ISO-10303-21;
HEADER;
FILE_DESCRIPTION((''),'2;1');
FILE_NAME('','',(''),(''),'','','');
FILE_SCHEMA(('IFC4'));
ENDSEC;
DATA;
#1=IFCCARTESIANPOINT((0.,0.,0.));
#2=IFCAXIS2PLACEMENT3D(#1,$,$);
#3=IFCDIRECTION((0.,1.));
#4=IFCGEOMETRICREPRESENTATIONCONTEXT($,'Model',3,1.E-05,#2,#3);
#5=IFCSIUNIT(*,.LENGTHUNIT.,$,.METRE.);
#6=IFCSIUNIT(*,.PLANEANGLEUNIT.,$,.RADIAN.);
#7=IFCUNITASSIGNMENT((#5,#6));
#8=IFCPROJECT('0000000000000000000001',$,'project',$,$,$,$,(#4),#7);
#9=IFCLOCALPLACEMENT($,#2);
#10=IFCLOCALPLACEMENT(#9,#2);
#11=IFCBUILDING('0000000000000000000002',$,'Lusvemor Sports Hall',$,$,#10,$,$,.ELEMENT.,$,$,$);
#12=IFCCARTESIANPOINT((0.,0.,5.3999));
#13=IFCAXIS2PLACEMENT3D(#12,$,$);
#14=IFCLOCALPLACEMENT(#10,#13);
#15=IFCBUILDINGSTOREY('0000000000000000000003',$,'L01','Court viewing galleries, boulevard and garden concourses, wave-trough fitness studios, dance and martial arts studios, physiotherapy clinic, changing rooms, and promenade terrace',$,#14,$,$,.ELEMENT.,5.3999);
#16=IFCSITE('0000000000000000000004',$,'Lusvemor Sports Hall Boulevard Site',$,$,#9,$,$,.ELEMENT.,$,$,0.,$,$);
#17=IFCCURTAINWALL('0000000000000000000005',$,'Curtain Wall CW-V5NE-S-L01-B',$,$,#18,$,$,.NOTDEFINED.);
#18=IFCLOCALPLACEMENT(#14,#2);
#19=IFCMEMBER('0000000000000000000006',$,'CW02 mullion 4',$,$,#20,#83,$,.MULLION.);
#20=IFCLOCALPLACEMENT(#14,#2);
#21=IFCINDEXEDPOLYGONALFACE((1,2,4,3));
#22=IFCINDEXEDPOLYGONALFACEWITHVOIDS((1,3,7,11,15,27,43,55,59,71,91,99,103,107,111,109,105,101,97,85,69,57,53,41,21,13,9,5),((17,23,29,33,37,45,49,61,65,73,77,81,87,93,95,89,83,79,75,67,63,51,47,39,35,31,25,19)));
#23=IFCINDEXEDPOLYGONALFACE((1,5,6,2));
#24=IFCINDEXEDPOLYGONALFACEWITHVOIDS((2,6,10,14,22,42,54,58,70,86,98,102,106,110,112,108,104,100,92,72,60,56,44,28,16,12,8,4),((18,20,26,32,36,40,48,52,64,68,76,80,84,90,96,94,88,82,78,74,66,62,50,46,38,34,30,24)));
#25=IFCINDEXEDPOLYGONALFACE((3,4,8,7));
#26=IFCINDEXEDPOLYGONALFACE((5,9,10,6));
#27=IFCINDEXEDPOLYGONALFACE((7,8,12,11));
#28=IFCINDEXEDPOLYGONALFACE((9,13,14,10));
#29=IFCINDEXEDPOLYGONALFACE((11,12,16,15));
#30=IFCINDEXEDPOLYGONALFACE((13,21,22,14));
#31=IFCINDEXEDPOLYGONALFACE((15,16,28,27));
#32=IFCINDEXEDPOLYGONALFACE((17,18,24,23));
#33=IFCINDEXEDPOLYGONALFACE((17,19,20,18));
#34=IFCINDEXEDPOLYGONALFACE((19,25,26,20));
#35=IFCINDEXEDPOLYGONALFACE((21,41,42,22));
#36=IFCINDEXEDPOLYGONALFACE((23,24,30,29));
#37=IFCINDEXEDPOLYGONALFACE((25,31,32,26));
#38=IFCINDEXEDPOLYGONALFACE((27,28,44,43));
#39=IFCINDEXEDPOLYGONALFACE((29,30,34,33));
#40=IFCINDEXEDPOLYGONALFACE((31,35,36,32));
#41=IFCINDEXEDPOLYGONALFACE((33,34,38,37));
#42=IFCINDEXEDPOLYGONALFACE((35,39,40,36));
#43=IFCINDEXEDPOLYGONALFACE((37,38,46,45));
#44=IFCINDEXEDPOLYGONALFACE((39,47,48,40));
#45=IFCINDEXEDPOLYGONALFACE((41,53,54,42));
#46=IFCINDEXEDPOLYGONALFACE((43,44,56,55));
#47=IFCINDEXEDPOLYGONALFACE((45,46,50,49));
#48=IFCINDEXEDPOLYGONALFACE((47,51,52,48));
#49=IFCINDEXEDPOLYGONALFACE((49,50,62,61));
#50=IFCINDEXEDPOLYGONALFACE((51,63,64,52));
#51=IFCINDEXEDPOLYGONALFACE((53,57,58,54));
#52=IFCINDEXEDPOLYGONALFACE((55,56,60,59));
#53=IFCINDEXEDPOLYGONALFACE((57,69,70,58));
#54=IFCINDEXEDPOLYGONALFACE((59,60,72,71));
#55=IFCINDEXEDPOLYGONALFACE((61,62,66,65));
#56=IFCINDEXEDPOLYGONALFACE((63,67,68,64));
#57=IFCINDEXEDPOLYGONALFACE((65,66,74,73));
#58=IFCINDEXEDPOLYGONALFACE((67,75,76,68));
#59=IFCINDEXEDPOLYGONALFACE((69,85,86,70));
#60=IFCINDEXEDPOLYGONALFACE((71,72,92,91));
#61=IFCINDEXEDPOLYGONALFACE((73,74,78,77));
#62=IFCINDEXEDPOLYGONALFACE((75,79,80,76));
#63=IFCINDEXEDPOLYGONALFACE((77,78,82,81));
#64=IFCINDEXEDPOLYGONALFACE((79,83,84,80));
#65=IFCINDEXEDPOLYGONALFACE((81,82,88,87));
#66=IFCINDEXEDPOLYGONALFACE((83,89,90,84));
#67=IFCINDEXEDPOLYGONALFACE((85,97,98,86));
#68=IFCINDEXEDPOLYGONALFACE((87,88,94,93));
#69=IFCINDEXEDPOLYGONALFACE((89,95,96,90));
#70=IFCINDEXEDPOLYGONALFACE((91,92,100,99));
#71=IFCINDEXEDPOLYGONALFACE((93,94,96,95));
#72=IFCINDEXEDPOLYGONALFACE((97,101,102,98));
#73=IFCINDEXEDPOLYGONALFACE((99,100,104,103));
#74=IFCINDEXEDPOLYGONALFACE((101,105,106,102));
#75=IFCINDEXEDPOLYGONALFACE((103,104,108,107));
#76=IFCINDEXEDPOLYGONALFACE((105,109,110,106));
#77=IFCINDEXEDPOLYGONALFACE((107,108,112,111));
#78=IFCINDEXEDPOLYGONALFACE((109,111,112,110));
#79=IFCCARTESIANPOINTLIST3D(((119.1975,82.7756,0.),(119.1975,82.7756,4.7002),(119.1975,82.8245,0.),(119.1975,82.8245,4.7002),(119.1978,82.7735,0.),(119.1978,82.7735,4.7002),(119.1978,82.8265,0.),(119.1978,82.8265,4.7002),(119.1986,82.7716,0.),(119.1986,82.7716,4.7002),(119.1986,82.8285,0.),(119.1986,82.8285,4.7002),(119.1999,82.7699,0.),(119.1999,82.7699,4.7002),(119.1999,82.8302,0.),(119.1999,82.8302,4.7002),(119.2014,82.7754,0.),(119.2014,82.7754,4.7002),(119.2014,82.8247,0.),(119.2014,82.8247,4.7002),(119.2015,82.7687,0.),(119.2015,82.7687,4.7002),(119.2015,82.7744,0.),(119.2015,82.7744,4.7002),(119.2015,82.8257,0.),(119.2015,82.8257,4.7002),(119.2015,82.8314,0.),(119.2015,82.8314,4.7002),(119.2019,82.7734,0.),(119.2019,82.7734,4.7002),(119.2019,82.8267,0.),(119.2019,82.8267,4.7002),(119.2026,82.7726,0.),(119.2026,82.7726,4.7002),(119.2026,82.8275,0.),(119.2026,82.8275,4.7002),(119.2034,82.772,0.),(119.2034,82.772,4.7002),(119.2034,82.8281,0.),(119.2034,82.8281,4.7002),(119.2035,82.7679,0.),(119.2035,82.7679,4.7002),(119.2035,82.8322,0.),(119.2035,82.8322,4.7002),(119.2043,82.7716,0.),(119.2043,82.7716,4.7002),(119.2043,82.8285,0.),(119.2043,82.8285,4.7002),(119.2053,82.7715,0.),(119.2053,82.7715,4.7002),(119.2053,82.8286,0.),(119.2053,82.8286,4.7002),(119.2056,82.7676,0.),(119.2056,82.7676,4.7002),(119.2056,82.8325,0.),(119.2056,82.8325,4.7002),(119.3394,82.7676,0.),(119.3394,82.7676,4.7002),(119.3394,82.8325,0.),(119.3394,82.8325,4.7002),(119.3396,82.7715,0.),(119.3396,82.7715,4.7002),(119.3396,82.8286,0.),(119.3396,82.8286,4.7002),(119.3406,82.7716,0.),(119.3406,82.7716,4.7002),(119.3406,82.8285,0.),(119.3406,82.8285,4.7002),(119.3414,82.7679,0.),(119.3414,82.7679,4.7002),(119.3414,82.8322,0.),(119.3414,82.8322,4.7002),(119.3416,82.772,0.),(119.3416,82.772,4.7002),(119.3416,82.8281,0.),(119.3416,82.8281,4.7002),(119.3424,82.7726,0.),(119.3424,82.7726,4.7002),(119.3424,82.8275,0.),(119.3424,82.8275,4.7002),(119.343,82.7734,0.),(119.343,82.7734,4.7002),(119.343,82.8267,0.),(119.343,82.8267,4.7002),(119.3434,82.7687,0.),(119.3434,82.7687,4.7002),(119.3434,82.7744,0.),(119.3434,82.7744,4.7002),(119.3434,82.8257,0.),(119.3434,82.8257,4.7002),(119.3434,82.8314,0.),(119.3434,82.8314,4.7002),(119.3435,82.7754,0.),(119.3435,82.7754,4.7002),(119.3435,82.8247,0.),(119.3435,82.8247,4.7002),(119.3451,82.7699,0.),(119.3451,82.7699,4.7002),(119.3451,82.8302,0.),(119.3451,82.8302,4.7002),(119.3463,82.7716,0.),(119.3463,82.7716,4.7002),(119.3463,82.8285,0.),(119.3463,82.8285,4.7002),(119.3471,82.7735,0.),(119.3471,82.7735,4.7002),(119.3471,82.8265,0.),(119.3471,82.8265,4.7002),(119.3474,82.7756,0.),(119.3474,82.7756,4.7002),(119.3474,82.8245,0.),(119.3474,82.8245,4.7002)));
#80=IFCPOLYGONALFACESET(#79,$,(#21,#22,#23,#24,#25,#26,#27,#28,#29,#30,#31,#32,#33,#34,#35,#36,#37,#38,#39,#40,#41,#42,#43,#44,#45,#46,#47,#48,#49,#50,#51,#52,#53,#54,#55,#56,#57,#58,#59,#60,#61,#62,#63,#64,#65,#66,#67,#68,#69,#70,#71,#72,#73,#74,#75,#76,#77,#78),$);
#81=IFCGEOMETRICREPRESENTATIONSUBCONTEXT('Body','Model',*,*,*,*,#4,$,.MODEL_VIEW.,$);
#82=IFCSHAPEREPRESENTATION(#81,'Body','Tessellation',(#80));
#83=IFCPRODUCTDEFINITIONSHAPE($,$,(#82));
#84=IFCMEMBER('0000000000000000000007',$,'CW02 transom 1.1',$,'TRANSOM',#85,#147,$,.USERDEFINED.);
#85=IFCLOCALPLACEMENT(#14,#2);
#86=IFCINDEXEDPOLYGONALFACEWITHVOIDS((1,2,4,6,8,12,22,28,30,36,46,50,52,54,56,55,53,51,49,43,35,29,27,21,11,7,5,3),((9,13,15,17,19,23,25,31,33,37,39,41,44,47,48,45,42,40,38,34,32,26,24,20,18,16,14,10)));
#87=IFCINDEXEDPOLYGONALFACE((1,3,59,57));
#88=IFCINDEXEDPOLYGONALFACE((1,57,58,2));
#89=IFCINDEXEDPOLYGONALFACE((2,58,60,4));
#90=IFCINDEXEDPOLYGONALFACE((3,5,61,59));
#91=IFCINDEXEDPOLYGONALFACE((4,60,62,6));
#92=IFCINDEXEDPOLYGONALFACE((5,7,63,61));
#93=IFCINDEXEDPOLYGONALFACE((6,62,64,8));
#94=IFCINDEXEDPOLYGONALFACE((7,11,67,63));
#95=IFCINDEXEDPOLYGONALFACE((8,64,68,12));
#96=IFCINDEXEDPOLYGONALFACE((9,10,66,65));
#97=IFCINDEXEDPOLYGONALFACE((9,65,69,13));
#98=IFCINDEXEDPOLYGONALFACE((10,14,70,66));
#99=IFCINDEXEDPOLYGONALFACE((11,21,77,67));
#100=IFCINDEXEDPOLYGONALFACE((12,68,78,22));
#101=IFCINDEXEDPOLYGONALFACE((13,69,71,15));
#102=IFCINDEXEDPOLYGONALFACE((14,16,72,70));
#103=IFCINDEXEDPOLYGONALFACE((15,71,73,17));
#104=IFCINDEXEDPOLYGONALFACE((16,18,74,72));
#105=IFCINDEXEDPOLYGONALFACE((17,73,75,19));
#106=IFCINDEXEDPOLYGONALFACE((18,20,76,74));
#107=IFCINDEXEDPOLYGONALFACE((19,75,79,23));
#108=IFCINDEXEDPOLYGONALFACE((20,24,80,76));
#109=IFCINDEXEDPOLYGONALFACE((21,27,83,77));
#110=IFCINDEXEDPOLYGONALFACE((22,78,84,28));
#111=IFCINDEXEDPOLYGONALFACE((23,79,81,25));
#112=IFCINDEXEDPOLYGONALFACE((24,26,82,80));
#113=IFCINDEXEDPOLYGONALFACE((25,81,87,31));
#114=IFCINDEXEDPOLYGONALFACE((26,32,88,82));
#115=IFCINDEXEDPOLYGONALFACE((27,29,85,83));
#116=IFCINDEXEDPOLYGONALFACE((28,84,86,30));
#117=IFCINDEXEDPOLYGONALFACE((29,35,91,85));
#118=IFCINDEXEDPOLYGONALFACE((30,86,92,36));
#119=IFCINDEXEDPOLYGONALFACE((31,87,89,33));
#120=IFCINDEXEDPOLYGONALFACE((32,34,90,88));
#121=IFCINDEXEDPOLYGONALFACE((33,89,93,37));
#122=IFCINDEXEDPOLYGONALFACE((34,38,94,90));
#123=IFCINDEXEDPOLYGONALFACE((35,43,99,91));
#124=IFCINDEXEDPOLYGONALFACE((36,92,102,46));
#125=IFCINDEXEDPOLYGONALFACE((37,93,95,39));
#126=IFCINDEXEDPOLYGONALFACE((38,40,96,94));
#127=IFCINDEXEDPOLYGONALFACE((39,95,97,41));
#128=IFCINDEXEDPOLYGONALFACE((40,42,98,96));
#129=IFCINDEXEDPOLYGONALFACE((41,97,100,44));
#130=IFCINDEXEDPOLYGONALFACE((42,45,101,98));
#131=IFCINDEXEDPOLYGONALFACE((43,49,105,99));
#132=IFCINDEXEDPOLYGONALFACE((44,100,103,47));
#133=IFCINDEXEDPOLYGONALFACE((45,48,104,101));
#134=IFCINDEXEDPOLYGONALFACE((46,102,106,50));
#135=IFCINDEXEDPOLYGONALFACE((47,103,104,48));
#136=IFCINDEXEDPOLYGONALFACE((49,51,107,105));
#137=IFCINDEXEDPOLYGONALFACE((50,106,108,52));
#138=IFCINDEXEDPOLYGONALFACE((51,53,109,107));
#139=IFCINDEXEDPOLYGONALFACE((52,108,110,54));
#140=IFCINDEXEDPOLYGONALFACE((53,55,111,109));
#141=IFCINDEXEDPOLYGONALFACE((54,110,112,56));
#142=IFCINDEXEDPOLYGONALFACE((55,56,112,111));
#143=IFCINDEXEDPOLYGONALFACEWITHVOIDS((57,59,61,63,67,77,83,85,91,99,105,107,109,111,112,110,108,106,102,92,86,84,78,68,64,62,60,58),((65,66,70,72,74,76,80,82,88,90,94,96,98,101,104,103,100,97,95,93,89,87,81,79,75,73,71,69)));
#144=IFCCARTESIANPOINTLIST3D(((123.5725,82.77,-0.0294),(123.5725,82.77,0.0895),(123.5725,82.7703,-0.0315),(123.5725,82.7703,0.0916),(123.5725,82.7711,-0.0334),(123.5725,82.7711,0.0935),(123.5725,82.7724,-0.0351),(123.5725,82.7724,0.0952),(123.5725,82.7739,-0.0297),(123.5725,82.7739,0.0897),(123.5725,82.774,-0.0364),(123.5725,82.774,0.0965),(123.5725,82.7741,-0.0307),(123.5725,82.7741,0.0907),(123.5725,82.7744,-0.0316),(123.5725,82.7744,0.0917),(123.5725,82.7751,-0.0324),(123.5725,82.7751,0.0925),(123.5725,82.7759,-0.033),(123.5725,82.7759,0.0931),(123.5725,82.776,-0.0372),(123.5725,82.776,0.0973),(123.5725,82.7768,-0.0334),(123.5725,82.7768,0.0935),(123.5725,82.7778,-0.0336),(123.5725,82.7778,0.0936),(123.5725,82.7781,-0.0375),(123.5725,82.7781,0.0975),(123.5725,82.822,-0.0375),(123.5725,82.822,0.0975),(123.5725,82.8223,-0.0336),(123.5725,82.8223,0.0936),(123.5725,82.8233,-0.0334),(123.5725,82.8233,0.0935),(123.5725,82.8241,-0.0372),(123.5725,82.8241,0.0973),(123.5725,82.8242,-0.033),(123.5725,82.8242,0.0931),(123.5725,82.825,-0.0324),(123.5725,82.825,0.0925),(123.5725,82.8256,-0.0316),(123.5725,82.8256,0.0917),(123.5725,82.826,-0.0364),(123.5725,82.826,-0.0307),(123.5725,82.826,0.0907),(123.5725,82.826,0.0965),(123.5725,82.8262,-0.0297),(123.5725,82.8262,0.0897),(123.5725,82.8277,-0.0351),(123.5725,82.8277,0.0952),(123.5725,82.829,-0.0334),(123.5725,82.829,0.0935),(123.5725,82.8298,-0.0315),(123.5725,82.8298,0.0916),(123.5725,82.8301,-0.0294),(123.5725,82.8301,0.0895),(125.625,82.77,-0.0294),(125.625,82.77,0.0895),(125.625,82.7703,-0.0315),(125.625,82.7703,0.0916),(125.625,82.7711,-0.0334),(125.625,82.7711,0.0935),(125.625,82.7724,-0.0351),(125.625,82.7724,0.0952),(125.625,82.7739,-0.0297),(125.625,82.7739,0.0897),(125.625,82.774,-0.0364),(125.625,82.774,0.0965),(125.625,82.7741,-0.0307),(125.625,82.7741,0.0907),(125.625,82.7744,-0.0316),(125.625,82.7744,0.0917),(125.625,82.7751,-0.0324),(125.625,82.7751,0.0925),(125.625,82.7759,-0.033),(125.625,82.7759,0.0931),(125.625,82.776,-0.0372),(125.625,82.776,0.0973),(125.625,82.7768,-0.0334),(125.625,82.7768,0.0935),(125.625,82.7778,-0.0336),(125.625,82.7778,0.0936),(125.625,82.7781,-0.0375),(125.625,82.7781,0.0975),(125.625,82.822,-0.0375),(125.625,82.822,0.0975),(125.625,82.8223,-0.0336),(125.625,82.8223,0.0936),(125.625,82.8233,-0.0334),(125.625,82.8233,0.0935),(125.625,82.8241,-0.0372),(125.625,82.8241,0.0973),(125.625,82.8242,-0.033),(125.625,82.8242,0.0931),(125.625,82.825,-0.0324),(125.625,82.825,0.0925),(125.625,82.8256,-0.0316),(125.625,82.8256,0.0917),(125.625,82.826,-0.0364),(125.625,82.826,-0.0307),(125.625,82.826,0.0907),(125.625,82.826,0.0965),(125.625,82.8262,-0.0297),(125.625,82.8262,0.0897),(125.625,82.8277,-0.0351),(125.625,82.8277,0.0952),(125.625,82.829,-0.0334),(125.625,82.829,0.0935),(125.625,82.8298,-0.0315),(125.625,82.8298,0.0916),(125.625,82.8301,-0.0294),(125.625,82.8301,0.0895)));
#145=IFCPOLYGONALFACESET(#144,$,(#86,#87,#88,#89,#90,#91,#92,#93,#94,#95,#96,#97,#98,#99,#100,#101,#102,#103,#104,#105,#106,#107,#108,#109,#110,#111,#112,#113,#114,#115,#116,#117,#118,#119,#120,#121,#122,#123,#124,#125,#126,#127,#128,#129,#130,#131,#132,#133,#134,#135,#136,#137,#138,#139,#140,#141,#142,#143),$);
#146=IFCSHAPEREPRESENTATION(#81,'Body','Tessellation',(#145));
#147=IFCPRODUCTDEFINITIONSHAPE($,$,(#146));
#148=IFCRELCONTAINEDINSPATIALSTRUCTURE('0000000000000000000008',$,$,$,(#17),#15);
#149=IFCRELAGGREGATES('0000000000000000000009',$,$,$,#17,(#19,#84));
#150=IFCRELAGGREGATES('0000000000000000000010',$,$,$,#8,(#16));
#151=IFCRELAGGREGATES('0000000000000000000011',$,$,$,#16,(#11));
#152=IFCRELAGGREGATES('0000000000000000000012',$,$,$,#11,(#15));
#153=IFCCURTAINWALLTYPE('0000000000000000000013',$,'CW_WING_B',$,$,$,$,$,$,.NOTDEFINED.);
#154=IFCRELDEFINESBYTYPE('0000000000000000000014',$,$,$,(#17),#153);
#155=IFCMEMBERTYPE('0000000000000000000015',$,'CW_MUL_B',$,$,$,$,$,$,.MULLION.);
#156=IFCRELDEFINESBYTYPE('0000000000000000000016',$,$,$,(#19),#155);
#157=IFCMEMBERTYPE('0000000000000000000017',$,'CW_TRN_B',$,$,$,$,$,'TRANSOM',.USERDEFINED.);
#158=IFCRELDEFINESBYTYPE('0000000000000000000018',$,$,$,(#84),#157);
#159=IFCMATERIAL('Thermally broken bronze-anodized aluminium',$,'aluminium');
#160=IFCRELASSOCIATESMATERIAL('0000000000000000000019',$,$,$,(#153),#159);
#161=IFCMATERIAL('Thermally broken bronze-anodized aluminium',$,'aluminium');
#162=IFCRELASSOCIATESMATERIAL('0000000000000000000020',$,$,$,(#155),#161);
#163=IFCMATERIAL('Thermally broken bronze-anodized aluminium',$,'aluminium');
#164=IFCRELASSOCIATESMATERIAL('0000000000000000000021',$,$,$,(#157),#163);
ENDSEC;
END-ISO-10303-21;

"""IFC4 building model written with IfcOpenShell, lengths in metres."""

from ifc_helpers import new_model, si_unit, direction, frame, origin, origin_2d, place, context, subcontext, project, spatial, hollow_rectangle, extrude, material, material_profile, profile_set, type_object, element, aggregate, save


model = new_model("IFC4")

# Units and contexts
model_context = context("Model", 3, precision=1e-05, world=origin(), true_north=direction((0.0, 1.0)))
body_context = subcontext(model_context, "Body", "Model", "MODEL_VIEW")
ifc_project = project(units=[si_unit("LENGTHUNIT", "METRE"), si_unit("PLANEANGLEUNIT", "RADIAN")], contexts=[model_context])

# Site, building, storey
site_placement = place(None, origin())
site = spatial("IfcSite", under=ifc_project, at=site_placement, Name="Lusvemor Sports Hall Boulevard Site", CompositionType="ELEMENT", RefElevation=0.0)
building_placement = place(site_placement, origin())
building = spatial("IfcBuilding", under=site, at=building_placement, Name="Lusvemor Sports Hall", CompositionType="ELEMENT")
storey_placement = place(building_placement, frame((0.0, 0.0, 5.3999)))
storey = spatial("IfcBuildingStorey", under=building, at=storey_placement, Name="L01", Description="Court viewing galleries, boulevard and garden concourses, wave-trough fitness studios, dance and martial arts studios, physiotherapy clinic, changing rooms, and promenade terrace", CompositionType="ELEMENT", Elevation=5.3999)

# Shared definitions
ifc_material_1 = material(Name="Thermally broken bronze-anodized aluminium", Category="aluminium")
curtain_wall_type = type_object("IfcCurtainWallType", Name="CW_WING_B", PredefinedType="NOTDEFINED", material=ifc_material_1)
ifc_material_2 = material(Name="Thermally broken bronze-anodized aluminium", Category="aluminium")
ifc_material_profile_1 = material_profile(ifc_material_2, hollow_rectangle(XDim=0.0649, YDim=0.1499, WallThickness=0.0039, InnerFilletRadius=0.0039, OuterFilletRadius=0.0081, at=origin_2d()), Name="CWMUL150x65x4")
ifc_profile_set_1 = profile_set([ifc_material_profile_1], Name="Thermally broken bronze-anodized aluminium")
member_type_1 = type_object("IfcMemberType", Name="CW_MUL_B", PredefinedType="MULLION", material=ifc_profile_set_1)

# Curtain wall, members
curtain_wall_1_placement = place(storey_placement, origin())
curtain_wall_1 = element("IfcCurtainWall", 1, at=curtain_wall_1_placement, inside=storey, type_object=curtain_wall_type, Name="Curtain Wall CW-V5NE-S-L01-B", PredefinedType="NOTDEFINED")
member_1_placement = place(storey_placement, frame((119.2725, 82.8, 0.0), z_axis=(0.0, 0.0, 1.0), x_axis=(0.0, -1.0, 0.0)))
member_1 = element("IfcMember", 2, at=member_1_placement, type_object=member_type_1, Name="CW02 mullion 4", PredefinedType="MULLION", context=body_context, shape_type="SweptSolid", body=[
    extrude(hollow_rectangle(XDim=0.0649, YDim=0.1499, WallThickness=0.0039, InnerFilletRadius=0.0039, OuterFilletRadius=0.0081, at=origin_2d()), origin(), (0.0, 0.0, 1.0), 4.7002),
])
ifc_material_3 = material(Name="Thermally broken bronze-anodized aluminium", Category="aluminium")
ifc_material_profile_2 = material_profile(ifc_material_3, hollow_rectangle(XDim=0.0601, YDim=0.135, WallThickness=0.0039, InnerFilletRadius=0.0039, OuterFilletRadius=0.0081, at=origin_2d()), Name="CWTRN135x60x4")
ifc_profile_set_2 = profile_set([ifc_material_profile_2], Name="Thermally broken bronze-anodized aluminium")
member_type_2 = type_object("IfcMemberType", Name="CW_TRN_B", ElementType="TRANSOM", PredefinedType="USERDEFINED", material=ifc_profile_set_2)
member_2_placement = place(storey_placement, frame((125.625, 82.8, 0.03), z_axis=(-1.0, 0.0, 0.0), x_axis=(0.0, -1.0, 0.0)))
member_2 = element("IfcMember", 3, at=member_2_placement, type_object=member_type_2, Name="CW02 transom 1.1", ObjectType="TRANSOM", PredefinedType="USERDEFINED", context=body_context, shape_type="SweptSolid", body=[
    extrude(hollow_rectangle(XDim=0.0601, YDim=0.135, WallThickness=0.0039, InnerFilletRadius=0.0039, OuterFilletRadius=0.0081, at=origin_2d()), origin(), (0.0, 0.0, 1.0), 2.0525),
])

aggregate(curtain_wall_1, [member_1, member_2])

save(model, "model.ifc")
